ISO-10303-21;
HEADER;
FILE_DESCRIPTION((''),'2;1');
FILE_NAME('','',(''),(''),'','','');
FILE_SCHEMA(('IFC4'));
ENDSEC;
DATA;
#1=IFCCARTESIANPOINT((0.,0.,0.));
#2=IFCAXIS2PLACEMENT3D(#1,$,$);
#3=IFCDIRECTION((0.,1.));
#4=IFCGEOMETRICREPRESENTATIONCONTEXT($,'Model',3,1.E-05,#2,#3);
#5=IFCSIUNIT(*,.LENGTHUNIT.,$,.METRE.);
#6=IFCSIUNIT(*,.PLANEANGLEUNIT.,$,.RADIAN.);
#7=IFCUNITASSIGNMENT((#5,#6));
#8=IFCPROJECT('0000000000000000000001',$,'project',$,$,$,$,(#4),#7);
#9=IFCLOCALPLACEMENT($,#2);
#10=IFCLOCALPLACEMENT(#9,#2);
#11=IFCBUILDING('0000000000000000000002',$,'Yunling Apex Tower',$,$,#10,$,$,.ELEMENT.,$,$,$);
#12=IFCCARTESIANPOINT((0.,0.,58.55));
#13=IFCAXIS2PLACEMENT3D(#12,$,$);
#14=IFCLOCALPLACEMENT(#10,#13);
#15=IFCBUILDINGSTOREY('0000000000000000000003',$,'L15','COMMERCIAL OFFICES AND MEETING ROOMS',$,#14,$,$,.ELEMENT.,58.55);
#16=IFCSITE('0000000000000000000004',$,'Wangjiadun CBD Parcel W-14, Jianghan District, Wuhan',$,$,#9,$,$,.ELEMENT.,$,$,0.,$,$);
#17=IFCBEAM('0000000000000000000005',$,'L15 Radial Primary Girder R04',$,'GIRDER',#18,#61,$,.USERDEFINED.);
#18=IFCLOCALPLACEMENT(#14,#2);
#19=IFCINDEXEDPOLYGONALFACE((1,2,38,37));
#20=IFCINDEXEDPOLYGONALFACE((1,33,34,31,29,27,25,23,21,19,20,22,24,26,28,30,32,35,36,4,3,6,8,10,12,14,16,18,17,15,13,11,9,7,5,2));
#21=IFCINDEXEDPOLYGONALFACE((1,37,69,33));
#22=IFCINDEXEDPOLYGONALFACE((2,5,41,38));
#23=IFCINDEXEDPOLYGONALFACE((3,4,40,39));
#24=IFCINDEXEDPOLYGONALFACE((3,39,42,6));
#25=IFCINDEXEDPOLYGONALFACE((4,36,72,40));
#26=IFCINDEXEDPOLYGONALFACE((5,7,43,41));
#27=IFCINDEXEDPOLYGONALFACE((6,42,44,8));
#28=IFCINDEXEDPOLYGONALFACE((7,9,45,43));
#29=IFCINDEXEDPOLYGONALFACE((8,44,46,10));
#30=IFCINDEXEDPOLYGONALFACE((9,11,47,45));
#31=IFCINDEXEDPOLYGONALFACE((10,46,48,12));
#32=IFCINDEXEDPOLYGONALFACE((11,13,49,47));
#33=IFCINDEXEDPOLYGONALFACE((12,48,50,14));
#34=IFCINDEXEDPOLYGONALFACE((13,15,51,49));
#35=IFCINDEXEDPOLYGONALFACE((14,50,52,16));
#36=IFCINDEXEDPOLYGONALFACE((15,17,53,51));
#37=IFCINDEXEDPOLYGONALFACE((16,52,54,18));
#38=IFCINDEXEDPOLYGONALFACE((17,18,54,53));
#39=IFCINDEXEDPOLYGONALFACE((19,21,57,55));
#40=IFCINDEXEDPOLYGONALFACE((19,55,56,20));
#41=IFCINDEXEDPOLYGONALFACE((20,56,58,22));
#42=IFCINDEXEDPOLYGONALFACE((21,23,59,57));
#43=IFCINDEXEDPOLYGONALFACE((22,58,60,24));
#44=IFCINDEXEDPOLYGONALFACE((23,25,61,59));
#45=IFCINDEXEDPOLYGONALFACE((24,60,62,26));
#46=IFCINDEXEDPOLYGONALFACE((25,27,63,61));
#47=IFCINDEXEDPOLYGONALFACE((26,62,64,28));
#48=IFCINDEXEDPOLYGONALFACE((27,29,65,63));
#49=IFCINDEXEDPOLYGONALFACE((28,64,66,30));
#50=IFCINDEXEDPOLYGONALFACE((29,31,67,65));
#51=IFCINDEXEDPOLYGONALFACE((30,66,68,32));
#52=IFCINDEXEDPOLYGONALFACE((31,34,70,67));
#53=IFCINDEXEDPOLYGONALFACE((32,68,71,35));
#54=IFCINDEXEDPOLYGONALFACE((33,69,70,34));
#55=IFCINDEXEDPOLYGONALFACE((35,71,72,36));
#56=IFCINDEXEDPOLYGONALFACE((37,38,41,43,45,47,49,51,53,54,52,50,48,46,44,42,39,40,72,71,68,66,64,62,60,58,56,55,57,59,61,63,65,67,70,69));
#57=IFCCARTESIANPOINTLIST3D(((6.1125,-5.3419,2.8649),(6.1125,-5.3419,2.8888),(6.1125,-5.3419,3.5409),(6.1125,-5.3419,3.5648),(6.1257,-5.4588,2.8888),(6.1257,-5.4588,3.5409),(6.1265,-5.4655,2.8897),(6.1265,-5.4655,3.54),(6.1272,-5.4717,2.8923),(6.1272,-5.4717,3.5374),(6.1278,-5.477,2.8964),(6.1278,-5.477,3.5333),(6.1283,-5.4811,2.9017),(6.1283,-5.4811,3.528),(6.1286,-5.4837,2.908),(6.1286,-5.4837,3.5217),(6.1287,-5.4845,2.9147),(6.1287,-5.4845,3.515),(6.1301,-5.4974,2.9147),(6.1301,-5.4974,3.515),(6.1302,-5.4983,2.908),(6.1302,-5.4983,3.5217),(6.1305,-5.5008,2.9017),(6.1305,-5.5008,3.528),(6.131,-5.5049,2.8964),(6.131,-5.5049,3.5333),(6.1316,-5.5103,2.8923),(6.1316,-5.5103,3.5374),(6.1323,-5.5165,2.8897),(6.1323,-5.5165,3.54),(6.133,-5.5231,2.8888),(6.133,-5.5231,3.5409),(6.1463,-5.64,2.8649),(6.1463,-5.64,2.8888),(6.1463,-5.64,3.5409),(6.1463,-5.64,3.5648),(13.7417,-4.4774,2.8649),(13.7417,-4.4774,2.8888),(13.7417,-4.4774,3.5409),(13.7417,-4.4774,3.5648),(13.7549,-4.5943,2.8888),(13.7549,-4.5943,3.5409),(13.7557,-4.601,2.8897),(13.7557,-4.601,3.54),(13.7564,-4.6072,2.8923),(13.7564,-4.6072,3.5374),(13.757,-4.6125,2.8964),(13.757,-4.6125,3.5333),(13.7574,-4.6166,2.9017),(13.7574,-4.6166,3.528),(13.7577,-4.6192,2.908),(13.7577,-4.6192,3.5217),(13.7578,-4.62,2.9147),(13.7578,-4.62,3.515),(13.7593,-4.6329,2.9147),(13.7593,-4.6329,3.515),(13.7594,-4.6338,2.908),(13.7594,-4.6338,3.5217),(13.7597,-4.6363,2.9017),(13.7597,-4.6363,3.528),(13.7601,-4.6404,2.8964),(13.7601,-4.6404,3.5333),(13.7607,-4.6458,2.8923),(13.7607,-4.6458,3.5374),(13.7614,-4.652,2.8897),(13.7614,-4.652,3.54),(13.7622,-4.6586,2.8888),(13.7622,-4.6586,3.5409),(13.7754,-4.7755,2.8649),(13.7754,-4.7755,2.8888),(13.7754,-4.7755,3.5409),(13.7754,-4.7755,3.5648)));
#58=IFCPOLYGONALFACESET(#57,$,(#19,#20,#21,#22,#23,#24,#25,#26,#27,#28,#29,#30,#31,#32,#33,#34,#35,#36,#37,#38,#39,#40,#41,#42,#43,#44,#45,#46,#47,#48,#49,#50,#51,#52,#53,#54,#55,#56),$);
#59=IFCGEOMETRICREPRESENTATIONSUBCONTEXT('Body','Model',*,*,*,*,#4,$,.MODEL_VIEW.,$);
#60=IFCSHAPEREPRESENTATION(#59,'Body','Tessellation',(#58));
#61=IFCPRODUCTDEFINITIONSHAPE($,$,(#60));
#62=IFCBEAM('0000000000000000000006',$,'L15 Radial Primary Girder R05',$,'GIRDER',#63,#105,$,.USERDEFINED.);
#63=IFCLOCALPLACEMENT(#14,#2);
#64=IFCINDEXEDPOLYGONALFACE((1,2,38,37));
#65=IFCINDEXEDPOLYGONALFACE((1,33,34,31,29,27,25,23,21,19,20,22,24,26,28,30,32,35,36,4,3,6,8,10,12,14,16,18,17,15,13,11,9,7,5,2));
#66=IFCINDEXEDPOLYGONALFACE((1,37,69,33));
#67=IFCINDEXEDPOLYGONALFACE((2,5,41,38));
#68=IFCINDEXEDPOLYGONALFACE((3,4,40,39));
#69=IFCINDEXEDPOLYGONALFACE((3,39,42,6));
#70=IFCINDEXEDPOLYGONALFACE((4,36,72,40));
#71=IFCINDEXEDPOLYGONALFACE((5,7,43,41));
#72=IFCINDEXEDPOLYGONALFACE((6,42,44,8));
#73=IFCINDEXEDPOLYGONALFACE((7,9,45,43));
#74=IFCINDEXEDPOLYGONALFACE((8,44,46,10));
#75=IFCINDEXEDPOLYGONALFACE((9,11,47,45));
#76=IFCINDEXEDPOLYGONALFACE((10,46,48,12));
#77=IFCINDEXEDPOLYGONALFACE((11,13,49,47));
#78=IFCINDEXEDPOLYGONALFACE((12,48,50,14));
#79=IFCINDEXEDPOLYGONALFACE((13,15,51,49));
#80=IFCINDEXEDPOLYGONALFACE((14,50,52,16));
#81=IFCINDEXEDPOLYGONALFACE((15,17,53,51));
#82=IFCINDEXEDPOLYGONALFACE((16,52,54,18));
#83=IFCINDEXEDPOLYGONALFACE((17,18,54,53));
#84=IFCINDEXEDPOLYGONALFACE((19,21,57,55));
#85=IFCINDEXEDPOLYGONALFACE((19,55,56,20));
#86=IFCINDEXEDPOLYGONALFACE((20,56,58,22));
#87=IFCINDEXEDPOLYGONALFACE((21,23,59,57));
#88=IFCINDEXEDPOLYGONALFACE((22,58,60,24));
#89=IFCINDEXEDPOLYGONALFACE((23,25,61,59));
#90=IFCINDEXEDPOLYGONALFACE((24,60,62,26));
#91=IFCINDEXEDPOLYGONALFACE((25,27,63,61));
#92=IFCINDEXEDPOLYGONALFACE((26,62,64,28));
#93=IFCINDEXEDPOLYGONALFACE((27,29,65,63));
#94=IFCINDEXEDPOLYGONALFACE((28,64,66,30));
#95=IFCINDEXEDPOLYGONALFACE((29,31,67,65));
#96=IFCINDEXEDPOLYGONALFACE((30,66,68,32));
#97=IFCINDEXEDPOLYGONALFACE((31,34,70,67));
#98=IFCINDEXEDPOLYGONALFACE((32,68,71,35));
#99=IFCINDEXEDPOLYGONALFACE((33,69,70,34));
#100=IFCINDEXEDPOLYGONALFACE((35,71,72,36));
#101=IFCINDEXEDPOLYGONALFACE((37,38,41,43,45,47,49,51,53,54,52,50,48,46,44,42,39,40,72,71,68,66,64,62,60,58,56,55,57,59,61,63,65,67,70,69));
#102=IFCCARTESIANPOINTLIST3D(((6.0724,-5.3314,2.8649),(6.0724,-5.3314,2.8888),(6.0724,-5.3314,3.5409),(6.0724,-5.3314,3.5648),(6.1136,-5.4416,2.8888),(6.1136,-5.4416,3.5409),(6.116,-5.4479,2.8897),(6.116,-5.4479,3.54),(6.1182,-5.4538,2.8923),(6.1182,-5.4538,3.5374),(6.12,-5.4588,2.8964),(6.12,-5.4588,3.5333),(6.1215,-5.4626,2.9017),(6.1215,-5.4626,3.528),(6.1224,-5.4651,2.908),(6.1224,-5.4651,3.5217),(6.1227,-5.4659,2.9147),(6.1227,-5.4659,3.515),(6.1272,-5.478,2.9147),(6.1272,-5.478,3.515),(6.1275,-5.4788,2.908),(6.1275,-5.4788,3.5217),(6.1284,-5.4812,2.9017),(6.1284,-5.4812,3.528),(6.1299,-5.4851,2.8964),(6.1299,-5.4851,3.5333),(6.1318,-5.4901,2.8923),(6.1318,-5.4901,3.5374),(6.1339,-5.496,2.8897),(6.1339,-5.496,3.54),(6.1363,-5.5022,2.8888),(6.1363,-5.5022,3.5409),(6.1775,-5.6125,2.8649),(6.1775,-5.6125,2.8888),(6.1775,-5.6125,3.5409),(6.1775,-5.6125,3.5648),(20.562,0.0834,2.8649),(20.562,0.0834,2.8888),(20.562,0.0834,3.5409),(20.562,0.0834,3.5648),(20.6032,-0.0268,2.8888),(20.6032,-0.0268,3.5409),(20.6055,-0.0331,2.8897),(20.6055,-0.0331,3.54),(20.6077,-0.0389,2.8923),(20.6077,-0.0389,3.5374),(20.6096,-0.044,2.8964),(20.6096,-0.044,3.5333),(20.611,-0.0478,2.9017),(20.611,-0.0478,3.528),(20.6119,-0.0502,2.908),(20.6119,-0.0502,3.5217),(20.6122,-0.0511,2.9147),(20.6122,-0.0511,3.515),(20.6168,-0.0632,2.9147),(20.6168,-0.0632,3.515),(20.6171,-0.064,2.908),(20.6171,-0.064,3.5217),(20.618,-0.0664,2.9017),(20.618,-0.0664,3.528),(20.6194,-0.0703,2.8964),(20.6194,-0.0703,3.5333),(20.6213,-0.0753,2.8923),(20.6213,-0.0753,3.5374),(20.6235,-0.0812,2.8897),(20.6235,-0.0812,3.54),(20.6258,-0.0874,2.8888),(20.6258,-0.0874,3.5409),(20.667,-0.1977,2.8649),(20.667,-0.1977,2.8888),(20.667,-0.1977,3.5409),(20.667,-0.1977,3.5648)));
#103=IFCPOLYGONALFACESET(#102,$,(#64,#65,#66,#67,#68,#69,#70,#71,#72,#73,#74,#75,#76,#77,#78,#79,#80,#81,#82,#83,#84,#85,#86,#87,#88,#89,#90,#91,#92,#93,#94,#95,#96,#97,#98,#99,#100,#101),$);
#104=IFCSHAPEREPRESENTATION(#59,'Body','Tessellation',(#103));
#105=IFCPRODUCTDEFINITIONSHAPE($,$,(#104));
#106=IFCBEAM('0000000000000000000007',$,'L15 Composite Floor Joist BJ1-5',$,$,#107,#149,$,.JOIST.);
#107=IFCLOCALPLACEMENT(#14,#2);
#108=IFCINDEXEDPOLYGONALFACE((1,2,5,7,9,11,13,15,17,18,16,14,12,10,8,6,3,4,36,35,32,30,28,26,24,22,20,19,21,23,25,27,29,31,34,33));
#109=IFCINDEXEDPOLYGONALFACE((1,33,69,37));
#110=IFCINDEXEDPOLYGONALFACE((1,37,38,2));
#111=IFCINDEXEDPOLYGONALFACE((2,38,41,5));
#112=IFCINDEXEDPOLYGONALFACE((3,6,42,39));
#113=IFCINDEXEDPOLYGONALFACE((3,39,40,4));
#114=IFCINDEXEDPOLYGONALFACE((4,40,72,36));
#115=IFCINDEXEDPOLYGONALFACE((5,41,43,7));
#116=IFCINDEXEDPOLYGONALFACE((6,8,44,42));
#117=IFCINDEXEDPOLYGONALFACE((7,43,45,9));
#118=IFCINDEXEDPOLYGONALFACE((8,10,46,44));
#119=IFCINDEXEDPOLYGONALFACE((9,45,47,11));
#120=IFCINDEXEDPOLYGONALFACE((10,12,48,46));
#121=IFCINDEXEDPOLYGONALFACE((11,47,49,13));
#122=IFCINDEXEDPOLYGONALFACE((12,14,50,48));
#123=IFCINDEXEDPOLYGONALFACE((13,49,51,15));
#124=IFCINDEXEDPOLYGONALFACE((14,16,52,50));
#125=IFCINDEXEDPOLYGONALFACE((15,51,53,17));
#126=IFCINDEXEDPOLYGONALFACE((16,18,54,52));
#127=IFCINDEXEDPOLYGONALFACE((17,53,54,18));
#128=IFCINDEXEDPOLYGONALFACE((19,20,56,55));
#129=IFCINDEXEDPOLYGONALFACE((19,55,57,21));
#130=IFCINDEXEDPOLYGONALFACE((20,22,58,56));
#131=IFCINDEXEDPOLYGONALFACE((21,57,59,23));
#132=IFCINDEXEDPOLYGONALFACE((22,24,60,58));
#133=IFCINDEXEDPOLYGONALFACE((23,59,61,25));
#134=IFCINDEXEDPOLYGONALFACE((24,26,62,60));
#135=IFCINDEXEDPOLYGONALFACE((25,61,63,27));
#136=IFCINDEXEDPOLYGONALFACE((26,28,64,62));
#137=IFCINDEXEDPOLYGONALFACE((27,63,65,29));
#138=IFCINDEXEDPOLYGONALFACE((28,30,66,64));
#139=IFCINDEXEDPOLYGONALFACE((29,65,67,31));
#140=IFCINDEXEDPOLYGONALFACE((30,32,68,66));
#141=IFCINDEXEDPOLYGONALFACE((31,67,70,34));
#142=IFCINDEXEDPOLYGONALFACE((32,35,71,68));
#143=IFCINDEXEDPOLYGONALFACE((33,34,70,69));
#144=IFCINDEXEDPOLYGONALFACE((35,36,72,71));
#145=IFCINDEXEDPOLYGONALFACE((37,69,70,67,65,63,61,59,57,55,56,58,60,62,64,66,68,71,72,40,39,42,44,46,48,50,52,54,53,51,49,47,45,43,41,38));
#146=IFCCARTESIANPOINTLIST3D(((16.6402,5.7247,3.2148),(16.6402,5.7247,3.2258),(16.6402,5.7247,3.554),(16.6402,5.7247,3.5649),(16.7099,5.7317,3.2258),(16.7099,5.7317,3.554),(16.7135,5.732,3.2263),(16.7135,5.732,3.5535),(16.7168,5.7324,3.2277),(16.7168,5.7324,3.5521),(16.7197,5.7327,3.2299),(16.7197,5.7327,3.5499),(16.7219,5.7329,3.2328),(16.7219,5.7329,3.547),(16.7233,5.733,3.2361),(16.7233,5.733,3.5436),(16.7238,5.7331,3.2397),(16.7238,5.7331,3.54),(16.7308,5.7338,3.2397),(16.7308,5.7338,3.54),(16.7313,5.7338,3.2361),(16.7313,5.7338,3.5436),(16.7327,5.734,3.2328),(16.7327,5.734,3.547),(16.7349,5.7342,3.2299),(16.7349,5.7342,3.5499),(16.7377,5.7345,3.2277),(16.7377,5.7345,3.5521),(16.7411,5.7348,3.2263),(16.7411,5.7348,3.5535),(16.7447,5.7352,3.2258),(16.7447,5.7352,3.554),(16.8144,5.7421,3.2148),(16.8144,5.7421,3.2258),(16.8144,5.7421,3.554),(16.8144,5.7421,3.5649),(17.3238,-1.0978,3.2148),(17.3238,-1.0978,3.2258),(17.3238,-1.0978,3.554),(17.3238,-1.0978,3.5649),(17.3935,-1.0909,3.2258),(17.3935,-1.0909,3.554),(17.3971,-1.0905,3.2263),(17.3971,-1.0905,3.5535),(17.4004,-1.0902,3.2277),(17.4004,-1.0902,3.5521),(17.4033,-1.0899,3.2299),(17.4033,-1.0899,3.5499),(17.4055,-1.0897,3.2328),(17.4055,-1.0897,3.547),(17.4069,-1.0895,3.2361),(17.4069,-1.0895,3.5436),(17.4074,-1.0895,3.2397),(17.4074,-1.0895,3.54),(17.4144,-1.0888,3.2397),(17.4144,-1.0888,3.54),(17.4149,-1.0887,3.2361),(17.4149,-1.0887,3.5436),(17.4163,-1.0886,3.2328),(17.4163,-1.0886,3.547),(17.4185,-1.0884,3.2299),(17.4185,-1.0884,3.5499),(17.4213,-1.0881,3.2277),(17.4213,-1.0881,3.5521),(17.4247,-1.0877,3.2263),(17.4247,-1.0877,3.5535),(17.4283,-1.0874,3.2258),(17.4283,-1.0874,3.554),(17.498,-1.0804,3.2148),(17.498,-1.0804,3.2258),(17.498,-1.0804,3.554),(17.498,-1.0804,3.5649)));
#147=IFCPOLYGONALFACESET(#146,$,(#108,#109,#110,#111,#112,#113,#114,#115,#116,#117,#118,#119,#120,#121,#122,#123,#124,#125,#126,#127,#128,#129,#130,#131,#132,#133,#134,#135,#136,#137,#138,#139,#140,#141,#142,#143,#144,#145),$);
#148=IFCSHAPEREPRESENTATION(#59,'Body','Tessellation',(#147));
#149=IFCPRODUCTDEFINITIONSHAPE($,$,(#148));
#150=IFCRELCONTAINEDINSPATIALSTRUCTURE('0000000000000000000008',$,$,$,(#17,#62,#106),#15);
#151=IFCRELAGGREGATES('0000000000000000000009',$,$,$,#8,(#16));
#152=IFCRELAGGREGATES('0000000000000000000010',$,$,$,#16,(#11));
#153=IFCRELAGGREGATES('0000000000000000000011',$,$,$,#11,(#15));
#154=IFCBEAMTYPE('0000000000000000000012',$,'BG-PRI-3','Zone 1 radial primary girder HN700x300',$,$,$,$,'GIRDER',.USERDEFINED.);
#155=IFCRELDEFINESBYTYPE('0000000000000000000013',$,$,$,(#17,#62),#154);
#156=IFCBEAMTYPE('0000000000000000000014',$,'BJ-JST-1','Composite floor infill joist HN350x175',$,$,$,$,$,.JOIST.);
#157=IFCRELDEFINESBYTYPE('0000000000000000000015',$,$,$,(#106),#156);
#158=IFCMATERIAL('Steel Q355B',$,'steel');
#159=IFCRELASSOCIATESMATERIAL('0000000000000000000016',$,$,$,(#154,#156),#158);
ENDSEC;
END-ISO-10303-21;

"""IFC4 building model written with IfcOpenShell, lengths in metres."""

from ifc_helpers import new_model, si_unit, direction, frame, origin, origin_2d, place, context, subcontext, project, spatial, i_section, extrude, source, transform, mapped, material, material_profile, profile_set, type_object, element, save


model = new_model("IFC4")

# Units and contexts
model_context = context("Model", 3, precision=1e-05, world=origin(), true_north=direction((0.0, 1.0)))
body_context = subcontext(model_context, "Body", "Model", "MODEL_VIEW")
ifc_project = project(units=[si_unit("LENGTHUNIT", "METRE"), si_unit("PLANEANGLEUNIT", "RADIAN")], contexts=[model_context])

# Site, building, storey
site_placement = place(None, origin())
site = spatial("IfcSite", under=ifc_project, at=site_placement, Name="Wangjiadun CBD Parcel W-14, Jianghan District, Wuhan", CompositionType="ELEMENT", RefElevation=0.0)
building_placement = place(site_placement, origin())
building = spatial("IfcBuilding", under=site, at=building_placement, Name="Yunling Apex Tower", CompositionType="ELEMENT")
storey_placement = place(building_placement, frame((0.0, 0.0, 58.55)))
storey = spatial("IfcBuildingStorey", under=building, at=storey_placement, Name="L15", Description="COMMERCIAL OFFICES AND MEETING ROOMS", CompositionType="ELEMENT", Elevation=58.55)

# Beams
ifc_material_1 = material(Name="Steel Q355B", Category="steel")
ifc_material_profile_1 = material_profile(ifc_material_1, i_section(OverallWidth=0.3, OverallDepth=0.7, WebThickness=0.0129, FlangeThickness=0.0239, FilletRadius=0.0259, at=origin_2d()))
ifc_profile_set_1 = profile_set([ifc_material_profile_1], Name="Steel Q355B")
beam_type_1 = type_object("IfcBeamType", Name="BG-PRI-3", Description="Zone 1 radial primary girder HN700x300", ElementType="GIRDER", PredefinedType="USERDEFINED", material=ifc_profile_set_1)
shared_shape_1 = source(origin(), body_context, "Body", "SweptSolid", [
    extrude(i_section(OverallWidth=0.3, OverallDepth=0.7, WebThickness=0.0129, FlangeThickness=0.0239, FilletRadius=0.0259, at=origin_2d()), origin(), (0.0, 0.0, 1.0), 7.678),
])
beam_1_placement = place(storey_placement, frame((13.7585, -4.6265, 3.2148), z_axis=(-0.993641, -0.112595, 0.0), x_axis=(0.112595, -0.993641, 0.0)))
element("IfcBeam", 1, at=beam_1_placement, inside=storey, type_object=beam_type_1, Name="L15 Radial Primary Girder R04", ObjectType="GIRDER", PredefinedType="USERDEFINED", context=body_context, shape_type="MappedRepresentation", body=[
    mapped(shared_shape_1, transform((0.0, 0.0, 0.0), scale=1.0)),
])
shared_shape_2 = source(origin(), body_context, "Body", "SweptSolid", [
    extrude(i_section(OverallWidth=0.3, OverallDepth=0.7, WebThickness=0.0129, FlangeThickness=0.0239, FilletRadius=0.0259, at=origin_2d()), origin(), (0.0, 0.0, 1.0), 15.4683),
])
beam_2_placement = place(storey_placement, frame((20.6145, -0.0571, 3.2148), z_axis=(-0.936727, -0.350059, 0.0), x_axis=(0.350059, -0.936727, 0.0)))
element("IfcBeam", 2, at=beam_2_placement, inside=storey, type_object=beam_type_1, Name="L15 Radial Primary Girder R05", ObjectType="GIRDER", PredefinedType="USERDEFINED", context=body_context, shape_type="MappedRepresentation", body=[
    mapped(shared_shape_2, transform((0.0, 0.0, 0.0), scale=1.0)),
])
ifc_material_profile_2 = material_profile(ifc_material_1, i_section(OverallWidth=0.175, OverallDepth=0.3501, WebThickness=0.0071, FlangeThickness=0.011, FilletRadius=0.0139, at=origin_2d()))
ifc_profile_set_2 = profile_set([ifc_material_profile_2], Name="Steel Q355B")
beam_type_2 = type_object("IfcBeamType", Name="BJ-JST-1", Description="Composite floor infill joist HN350x175", PredefinedType="JOIST", material=ifc_profile_set_2)
shared_shape_3 = source(origin(), body_context, "Body", "SweptSolid", [
    extrude(i_section(OverallWidth=0.175, OverallDepth=0.3501, WebThickness=0.0071, FlangeThickness=0.011, FilletRadius=0.0139, at=origin_2d()), origin(), (0.0, 0.0, 1.0), 6.8567),
])
beam_3_placement = place(storey_placement, frame((17.4109, -1.0891, 3.3899), z_axis=(-0.099698, 0.995018, 0.0), x_axis=(-0.995018, -0.099698, 0.0)))
element("IfcBeam", 3, at=beam_3_placement, inside=storey, type_object=beam_type_2, Name="L15 Composite Floor Joist BJ1-5", PredefinedType="JOIST", context=body_context, shape_type="MappedRepresentation", body=[
    mapped(shared_shape_3, transform((0.0, 0.0, 0.0), scale=1.0)),
])

save(model, "model.ifc")
